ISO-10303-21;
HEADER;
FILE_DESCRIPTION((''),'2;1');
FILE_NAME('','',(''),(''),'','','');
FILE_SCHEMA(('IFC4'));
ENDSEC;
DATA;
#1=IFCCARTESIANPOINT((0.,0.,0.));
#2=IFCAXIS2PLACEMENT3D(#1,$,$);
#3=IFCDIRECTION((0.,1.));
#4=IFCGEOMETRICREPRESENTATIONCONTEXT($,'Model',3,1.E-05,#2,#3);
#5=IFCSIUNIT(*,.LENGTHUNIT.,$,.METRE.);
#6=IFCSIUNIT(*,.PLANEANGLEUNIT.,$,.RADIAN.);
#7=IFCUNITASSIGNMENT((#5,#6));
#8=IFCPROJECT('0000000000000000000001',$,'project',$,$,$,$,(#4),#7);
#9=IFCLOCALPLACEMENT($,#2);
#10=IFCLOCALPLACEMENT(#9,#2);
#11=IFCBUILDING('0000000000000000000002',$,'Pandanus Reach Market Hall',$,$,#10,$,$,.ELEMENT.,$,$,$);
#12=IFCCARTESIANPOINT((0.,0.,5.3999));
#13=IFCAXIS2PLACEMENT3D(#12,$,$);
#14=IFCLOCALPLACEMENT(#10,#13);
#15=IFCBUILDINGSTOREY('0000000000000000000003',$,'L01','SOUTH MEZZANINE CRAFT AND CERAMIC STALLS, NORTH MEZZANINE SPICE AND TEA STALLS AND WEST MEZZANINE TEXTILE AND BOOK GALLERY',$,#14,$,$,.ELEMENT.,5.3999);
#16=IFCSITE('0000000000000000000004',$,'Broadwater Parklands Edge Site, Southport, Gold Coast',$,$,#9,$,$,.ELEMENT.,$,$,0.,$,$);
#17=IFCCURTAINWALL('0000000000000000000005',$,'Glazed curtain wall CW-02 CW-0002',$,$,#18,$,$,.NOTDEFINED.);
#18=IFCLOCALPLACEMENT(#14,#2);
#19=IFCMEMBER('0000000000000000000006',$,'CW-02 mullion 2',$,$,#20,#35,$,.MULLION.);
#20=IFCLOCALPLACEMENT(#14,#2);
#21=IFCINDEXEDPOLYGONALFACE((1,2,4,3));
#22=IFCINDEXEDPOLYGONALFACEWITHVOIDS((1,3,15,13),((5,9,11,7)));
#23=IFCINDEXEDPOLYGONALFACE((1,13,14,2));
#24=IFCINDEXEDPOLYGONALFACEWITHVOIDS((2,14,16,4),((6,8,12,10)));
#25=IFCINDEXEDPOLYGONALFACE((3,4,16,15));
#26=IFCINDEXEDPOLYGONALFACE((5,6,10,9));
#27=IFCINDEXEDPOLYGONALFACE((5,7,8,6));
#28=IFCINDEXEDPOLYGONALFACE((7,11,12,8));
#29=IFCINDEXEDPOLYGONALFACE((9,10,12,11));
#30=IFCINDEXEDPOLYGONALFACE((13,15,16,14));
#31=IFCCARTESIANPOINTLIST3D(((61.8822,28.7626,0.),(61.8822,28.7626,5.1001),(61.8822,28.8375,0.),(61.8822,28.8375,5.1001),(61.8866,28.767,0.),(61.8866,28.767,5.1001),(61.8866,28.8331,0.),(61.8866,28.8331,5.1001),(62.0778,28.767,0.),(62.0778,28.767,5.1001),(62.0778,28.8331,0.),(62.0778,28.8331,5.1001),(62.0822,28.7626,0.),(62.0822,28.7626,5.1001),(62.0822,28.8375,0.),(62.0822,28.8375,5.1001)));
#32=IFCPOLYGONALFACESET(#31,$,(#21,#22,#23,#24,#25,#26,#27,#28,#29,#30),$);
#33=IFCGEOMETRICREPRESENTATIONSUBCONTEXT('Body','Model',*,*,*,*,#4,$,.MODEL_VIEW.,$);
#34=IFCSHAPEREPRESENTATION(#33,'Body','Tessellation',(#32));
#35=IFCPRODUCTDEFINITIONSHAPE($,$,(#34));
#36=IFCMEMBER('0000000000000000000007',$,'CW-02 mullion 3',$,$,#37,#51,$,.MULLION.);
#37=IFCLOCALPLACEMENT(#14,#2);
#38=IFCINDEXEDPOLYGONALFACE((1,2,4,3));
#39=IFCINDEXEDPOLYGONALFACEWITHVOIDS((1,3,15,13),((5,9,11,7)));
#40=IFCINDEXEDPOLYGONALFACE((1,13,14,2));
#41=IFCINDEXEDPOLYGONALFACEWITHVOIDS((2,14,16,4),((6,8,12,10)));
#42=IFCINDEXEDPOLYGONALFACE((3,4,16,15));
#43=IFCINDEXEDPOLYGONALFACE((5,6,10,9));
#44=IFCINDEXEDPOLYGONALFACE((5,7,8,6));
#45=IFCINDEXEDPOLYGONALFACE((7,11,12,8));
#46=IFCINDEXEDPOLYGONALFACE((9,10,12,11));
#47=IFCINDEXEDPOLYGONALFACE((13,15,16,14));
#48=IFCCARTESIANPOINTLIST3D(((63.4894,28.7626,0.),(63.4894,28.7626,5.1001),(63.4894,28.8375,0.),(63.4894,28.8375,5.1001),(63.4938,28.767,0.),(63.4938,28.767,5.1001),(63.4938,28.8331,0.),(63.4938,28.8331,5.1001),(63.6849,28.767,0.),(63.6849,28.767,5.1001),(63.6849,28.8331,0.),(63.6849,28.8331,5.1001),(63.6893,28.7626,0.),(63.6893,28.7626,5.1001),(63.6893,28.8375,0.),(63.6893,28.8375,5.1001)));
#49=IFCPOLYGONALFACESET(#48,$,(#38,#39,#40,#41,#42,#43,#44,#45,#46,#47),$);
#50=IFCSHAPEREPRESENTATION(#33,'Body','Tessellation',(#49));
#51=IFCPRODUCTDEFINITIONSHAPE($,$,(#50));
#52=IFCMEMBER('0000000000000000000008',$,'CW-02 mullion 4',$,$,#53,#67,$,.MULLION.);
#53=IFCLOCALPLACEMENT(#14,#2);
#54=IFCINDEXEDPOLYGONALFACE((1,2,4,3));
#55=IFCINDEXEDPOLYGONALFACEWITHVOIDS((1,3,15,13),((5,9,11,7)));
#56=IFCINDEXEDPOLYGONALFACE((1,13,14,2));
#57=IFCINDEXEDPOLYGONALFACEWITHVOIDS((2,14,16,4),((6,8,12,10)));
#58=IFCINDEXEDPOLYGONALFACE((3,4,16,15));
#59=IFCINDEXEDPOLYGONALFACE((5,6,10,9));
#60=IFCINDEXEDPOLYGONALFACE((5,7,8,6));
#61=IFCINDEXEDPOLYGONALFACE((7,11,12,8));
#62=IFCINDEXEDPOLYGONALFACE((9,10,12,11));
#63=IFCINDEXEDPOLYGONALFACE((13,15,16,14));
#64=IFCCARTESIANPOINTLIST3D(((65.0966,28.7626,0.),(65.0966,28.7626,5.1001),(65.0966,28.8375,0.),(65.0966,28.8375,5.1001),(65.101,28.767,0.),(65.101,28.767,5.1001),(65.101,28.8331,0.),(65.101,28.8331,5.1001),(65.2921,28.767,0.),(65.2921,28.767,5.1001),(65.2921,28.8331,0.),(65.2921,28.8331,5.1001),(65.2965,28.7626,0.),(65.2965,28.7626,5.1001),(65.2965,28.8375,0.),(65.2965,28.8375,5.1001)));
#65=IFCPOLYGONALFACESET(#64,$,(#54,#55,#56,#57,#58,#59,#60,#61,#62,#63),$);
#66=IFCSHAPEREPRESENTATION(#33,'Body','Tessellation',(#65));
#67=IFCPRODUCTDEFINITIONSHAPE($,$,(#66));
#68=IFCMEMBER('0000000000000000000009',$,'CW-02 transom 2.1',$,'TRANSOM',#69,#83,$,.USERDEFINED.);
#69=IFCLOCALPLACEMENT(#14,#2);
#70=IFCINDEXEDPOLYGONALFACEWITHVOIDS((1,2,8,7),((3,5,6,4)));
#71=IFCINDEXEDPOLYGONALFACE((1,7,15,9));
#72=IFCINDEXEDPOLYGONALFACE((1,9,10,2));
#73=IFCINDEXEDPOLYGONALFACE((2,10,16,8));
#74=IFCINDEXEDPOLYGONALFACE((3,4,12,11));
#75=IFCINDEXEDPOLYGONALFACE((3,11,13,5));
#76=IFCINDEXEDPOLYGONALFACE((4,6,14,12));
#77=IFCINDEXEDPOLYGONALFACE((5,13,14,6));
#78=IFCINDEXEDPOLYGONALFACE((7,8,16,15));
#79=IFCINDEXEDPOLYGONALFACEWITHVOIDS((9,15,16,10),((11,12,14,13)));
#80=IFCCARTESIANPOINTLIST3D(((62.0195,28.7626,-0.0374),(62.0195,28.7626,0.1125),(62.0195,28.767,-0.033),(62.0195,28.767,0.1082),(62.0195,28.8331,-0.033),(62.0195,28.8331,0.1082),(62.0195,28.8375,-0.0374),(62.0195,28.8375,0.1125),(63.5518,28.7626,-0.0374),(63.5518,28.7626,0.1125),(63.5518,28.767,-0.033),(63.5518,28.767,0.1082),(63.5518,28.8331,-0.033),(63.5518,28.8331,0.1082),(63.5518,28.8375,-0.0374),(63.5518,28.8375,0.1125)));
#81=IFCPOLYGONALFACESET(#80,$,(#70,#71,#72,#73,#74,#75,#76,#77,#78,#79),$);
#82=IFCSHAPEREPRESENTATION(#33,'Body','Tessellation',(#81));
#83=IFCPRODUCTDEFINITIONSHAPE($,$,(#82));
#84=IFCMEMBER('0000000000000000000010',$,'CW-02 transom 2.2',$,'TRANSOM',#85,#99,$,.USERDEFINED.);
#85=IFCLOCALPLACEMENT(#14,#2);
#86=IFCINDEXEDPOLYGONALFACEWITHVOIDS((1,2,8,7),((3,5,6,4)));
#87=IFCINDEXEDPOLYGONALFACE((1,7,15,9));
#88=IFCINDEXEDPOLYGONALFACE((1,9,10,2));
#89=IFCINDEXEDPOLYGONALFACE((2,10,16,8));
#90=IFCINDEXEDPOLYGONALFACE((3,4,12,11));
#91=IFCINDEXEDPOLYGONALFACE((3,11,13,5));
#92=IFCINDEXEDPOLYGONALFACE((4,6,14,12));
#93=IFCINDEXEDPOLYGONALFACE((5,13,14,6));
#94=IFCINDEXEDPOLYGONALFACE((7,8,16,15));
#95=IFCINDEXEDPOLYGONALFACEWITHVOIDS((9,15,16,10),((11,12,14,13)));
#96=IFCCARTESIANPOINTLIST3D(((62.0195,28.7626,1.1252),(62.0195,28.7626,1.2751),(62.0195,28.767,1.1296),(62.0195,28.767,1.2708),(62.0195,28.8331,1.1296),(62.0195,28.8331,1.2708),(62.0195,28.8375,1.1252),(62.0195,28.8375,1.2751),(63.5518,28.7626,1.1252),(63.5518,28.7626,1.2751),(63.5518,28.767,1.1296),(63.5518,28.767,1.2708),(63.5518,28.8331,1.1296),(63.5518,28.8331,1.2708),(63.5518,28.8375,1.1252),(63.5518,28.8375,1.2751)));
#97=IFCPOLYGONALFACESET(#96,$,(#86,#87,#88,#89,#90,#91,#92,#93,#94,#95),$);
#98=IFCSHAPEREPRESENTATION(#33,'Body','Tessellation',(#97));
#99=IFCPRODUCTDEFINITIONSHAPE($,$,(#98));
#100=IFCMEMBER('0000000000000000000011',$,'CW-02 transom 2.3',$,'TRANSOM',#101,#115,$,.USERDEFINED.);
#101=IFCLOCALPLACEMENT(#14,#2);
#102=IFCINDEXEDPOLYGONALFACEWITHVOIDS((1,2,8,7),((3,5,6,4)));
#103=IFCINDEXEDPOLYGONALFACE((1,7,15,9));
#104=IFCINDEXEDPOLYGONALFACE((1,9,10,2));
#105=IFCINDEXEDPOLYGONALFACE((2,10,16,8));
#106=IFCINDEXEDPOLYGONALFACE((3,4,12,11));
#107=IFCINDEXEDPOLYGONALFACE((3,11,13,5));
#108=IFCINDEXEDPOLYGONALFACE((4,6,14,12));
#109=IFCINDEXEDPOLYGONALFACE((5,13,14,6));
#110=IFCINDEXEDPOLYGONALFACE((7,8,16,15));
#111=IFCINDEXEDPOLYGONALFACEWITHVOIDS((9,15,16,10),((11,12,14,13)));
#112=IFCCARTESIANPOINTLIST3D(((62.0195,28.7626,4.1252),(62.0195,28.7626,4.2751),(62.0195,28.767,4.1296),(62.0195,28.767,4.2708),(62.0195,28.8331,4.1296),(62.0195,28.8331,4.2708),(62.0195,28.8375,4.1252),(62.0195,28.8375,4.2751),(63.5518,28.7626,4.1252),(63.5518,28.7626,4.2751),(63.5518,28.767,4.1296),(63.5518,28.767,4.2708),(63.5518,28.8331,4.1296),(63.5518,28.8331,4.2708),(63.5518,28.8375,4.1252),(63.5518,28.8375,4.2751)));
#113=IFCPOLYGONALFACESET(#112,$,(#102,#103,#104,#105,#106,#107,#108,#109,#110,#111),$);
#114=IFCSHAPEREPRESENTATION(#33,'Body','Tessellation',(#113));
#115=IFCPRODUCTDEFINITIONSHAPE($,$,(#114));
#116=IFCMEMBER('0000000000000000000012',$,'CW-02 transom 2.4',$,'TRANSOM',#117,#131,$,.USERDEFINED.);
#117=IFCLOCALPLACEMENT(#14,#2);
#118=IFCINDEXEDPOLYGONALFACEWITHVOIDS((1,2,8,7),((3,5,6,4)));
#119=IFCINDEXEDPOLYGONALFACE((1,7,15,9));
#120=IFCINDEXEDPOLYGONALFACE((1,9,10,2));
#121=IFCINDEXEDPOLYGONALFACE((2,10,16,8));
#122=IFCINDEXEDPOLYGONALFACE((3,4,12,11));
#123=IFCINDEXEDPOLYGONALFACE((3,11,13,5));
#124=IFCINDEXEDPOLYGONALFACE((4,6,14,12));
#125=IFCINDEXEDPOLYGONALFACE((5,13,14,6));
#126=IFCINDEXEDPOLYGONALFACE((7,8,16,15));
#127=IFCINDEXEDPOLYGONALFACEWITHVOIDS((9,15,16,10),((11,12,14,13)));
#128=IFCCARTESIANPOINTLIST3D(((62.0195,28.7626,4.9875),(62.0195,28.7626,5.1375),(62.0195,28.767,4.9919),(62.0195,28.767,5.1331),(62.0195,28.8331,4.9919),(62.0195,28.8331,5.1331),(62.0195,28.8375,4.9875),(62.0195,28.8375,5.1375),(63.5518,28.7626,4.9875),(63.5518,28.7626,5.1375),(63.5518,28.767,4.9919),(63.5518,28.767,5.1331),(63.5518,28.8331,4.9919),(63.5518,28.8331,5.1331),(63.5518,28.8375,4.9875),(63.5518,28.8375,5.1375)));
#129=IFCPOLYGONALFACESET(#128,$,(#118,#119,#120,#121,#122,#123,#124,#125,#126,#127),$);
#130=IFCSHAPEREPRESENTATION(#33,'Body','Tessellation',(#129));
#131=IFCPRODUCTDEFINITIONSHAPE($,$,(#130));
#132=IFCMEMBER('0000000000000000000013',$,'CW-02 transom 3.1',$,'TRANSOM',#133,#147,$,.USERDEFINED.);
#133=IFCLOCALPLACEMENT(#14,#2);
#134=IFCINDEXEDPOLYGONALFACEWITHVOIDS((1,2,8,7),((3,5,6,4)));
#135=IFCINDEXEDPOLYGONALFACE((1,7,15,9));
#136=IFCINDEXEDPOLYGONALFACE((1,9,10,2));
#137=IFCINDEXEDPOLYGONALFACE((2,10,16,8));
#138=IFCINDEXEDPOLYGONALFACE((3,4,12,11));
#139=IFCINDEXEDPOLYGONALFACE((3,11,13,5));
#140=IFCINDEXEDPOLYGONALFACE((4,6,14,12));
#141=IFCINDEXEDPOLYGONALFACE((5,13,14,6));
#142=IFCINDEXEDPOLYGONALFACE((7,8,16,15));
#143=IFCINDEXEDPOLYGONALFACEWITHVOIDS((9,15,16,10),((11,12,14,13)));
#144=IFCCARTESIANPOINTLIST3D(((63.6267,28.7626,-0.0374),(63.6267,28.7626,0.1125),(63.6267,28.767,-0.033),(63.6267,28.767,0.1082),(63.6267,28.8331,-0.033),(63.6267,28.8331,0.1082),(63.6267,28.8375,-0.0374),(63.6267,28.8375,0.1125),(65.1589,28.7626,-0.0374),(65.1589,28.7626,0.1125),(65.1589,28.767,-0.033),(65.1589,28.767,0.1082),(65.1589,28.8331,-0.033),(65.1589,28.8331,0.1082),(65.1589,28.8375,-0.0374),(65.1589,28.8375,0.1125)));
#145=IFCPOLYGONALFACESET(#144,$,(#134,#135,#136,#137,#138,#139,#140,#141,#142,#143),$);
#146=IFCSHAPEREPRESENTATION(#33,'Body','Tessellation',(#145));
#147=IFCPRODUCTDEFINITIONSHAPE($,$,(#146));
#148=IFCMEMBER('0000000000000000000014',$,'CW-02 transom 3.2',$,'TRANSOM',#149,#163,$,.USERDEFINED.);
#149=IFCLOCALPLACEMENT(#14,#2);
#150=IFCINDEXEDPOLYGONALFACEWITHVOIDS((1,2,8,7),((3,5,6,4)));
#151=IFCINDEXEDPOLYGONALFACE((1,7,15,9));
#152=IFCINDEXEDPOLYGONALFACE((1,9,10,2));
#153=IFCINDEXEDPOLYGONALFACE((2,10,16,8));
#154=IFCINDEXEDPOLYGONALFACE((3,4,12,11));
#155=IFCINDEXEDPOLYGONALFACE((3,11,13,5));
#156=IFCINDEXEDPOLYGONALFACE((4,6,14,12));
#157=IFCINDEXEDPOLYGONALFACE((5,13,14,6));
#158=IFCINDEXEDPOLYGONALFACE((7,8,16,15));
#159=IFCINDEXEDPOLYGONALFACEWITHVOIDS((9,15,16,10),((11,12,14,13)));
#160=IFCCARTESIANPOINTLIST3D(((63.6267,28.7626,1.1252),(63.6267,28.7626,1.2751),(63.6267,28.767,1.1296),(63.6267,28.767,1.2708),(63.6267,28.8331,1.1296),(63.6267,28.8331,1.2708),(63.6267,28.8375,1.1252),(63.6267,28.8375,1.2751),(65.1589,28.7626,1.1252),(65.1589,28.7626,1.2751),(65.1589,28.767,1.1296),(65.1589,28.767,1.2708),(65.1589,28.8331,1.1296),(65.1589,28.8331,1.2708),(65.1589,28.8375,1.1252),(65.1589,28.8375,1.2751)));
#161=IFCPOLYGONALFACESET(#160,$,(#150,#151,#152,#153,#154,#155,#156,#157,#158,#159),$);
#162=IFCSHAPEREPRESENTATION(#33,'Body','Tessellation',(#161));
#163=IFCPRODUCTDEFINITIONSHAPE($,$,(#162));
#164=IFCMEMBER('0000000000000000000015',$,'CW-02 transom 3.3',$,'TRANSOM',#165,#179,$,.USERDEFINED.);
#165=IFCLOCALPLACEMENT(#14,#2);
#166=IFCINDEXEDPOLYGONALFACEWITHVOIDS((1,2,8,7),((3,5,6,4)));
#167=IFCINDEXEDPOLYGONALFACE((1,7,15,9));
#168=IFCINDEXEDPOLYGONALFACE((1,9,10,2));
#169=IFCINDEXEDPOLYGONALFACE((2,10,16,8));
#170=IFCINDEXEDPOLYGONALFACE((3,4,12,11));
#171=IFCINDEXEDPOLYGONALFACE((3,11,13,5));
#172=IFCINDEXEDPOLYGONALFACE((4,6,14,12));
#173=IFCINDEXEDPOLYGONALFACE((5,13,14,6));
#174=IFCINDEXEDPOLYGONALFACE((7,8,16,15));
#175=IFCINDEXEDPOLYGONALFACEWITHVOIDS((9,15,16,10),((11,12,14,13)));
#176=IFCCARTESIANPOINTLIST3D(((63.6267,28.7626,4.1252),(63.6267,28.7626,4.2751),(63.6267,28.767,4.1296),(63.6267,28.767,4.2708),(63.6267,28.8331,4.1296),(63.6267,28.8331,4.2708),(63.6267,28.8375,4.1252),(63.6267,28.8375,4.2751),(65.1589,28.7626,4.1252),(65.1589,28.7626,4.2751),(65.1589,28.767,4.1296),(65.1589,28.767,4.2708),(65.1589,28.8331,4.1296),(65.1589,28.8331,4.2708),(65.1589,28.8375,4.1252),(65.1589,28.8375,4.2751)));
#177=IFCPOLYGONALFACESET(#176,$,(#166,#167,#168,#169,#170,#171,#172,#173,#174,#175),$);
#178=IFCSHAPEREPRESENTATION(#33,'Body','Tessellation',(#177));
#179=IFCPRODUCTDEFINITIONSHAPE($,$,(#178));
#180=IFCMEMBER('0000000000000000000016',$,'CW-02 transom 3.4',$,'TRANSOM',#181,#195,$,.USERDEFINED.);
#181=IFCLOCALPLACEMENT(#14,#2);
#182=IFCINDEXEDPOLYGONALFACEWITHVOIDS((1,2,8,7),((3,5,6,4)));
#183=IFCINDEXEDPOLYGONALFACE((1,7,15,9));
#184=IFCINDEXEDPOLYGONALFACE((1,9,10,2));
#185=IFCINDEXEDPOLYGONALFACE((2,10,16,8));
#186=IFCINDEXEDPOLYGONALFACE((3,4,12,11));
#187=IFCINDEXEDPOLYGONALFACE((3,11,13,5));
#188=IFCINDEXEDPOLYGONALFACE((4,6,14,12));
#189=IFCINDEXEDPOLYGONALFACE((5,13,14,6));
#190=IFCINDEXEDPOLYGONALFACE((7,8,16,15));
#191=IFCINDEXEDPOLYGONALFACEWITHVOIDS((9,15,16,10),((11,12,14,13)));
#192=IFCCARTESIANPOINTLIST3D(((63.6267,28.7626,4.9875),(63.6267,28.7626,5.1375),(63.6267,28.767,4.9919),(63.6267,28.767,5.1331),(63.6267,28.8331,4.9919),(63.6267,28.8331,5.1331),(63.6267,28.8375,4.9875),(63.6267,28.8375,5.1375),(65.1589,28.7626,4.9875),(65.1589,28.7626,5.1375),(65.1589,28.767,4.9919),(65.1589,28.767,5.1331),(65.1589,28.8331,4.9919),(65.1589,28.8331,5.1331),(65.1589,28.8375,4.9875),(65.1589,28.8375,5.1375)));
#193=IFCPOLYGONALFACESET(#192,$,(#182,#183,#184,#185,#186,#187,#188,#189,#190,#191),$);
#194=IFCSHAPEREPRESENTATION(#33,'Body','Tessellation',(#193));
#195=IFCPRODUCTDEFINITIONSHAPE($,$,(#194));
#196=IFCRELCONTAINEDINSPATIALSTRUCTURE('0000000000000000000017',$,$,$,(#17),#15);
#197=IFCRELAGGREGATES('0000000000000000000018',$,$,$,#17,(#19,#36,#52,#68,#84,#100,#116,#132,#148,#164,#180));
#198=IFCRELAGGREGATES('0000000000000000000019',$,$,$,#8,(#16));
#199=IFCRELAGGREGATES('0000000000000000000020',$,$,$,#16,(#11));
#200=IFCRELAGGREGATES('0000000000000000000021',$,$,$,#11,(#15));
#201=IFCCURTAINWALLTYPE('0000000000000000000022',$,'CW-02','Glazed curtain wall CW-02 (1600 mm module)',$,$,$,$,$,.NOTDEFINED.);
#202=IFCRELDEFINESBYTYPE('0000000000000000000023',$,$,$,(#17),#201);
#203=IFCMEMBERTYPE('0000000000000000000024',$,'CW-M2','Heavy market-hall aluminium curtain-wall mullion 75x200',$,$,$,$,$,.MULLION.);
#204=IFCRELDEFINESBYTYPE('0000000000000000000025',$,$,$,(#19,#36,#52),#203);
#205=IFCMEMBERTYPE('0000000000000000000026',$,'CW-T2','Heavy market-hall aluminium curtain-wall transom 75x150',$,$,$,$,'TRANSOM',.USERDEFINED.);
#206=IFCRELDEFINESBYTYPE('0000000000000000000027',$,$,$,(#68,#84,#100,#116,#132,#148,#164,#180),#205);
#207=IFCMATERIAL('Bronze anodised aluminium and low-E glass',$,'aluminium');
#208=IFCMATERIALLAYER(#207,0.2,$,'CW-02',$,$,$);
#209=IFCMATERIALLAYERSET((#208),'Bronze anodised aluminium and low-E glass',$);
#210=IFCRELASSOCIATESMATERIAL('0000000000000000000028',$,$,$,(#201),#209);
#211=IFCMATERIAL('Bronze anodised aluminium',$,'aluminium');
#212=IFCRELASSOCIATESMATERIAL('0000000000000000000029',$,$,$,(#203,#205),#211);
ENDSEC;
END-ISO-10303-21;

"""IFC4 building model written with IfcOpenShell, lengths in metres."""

from ifc_helpers import new_model, si_unit, direction, frame, origin, origin_2d, place, context, subcontext, project, spatial, hollow_rectangle, extrude, material, layer, layer_set, material_profile, profile_set, type_object, element, aggregate, save


model = new_model("IFC4")

# Units and contexts
model_context = context("Model", 3, precision=1e-05, world=origin(), true_north=direction((0.0, 1.0)))
body_context = subcontext(model_context, "Body", "Model", "MODEL_VIEW")
ifc_project = project(units=[si_unit("LENGTHUNIT", "METRE"), si_unit("PLANEANGLEUNIT", "RADIAN")], contexts=[model_context])

# Site, building, storey
site_placement = place(None, origin())
site = spatial("IfcSite", under=ifc_project, at=site_placement, Name="Broadwater Parklands Edge Site, Southport, Gold Coast", CompositionType="ELEMENT", RefElevation=0.0)
building_placement = place(site_placement, origin())
building = spatial("IfcBuilding", under=site, at=building_placement, Name="Pandanus Reach Market Hall", CompositionType="ELEMENT")
storey_placement = place(building_placement, frame((0.0, 0.0, 5.3999)))
storey = spatial("IfcBuildingStorey", under=building, at=storey_placement, Name="L01", Description="SOUTH MEZZANINE CRAFT AND CERAMIC STALLS, NORTH MEZZANINE SPICE AND TEA STALLS AND WEST MEZZANINE TEXTILE AND BOOK GALLERY", CompositionType="ELEMENT", Elevation=5.3999)

# Curtain wall, members
ifc_material_1 = material(Name="Bronze anodised aluminium and low-E glass", Category="aluminium")
ifc_layer_1 = layer(ifc_material_1, 0.2, Name="CW-02")
ifc_layer_set_1 = layer_set([ifc_layer_1], Name="Bronze anodised aluminium and low-E glass")
curtain_wall_type = type_object("IfcCurtainWallType", Name="CW-02", Description="Glazed curtain wall CW-02 (1600 mm module)", PredefinedType="NOTDEFINED", material=ifc_layer_set_1)
curtain_wall_placement = place(storey_placement, origin())
curtain_wall = element("IfcCurtainWall", 1, at=curtain_wall_placement, inside=storey, type_object=curtain_wall_type, Name="Glazed curtain wall CW-02 CW-0002", PredefinedType="NOTDEFINED")
ifc_material_2 = material(Name="Bronze anodised aluminium", Category="aluminium")
ifc_material_profile_1 = material_profile(ifc_material_2, hollow_rectangle(XDim=0.075, YDim=0.2, WallThickness=0.0044, at=origin_2d()), Name="ALU75x200", Category="LoadBearing")
ifc_profile_set_1 = profile_set([ifc_material_profile_1], Name="Bronze anodised aluminium")
member_type_1 = type_object("IfcMemberType", Name="CW-M2", Description="Heavy market-hall aluminium curtain-wall mullion 75x200", PredefinedType="MULLION", material=ifc_profile_set_1)
member_1_placement = place(storey_placement, frame((61.9822, 28.8, 0.0), z_axis=(0.0, 0.0, 1.0), x_axis=(0.0, 1.0, 0.0)))
member_1 = element("IfcMember", 2, at=member_1_placement, type_object=member_type_1, Name="CW-02 mullion 2", PredefinedType="MULLION", context=body_context, shape_type="SweptSolid", body=[
    extrude(hollow_rectangle(XDim=0.075, YDim=0.2, WallThickness=0.0044, at=origin_2d()), origin(), (0.0, 0.0, 1.0), 5.1001),
])
member_2_placement = place(storey_placement, frame((63.5894, 28.8, 0.0), z_axis=(0.0, 0.0, 1.0), x_axis=(0.0, 1.0, 0.0)))
member_2 = element("IfcMember", 3, at=member_2_placement, type_object=member_type_1, Name="CW-02 mullion 3", PredefinedType="MULLION", context=body_context, shape_type="SweptSolid", body=[
    extrude(hollow_rectangle(XDim=0.075, YDim=0.2, WallThickness=0.0044, at=origin_2d()), origin(), (0.0, 0.0, 1.0), 5.1001),
])
member_3_placement = place(storey_placement, frame((65.1965, 28.8, 0.0), z_axis=(0.0, 0.0, 1.0), x_axis=(0.0, 1.0, 0.0)))
member_3 = element("IfcMember", 4, at=member_3_placement, type_object=member_type_1, Name="CW-02 mullion 4", PredefinedType="MULLION", context=body_context, shape_type="SweptSolid", body=[
    extrude(hollow_rectangle(XDim=0.075, YDim=0.2, WallThickness=0.0044, at=origin_2d()), origin(), (0.0, 0.0, 1.0), 5.1001),
])
ifc_material_profile_2 = material_profile(ifc_material_2, hollow_rectangle(XDim=0.075, YDim=0.1499, WallThickness=0.0044, at=origin_2d()), Name="ALU75x150", Category="LoadBearing")
ifc_profile_set_2 = profile_set([ifc_material_profile_2], Name="Bronze anodised aluminium")
member_type_2 = type_object("IfcMemberType", Name="CW-T2", Description="Heavy market-hall aluminium curtain-wall transom 75x150", ElementType="TRANSOM", PredefinedType="USERDEFINED", material=ifc_profile_set_2)
member_4_placement = place(storey_placement, frame((62.0195, 28.8, 0.0376), z_axis=(1.0, 0.0, 0.0), x_axis=(0.0, 1.0, 0.0)))
member_4 = element("IfcMember", 5, at=member_4_placement, type_object=member_type_2, Name="CW-02 transom 2.1", ObjectType="TRANSOM", PredefinedType="USERDEFINED", context=body_context, shape_type="SweptSolid", body=[
    extrude(hollow_rectangle(XDim=0.075, YDim=0.1499, WallThickness=0.0044, at=origin_2d()), origin(), (0.0, 0.0, 1.0), 1.5322),
])
member_5_placement = place(storey_placement, frame((62.0195, 28.8, 1.2002), z_axis=(1.0, 0.0, 0.0), x_axis=(0.0, 1.0, 0.0)))
member_5 = element("IfcMember", 6, at=member_5_placement, type_object=member_type_2, Name="CW-02 transom 2.2", ObjectType="TRANSOM", PredefinedType="USERDEFINED", context=body_context, shape_type="SweptSolid", body=[
    extrude(hollow_rectangle(XDim=0.075, YDim=0.1499, WallThickness=0.0044, at=origin_2d()), origin(), (0.0, 0.0, 1.0), 1.5322),
])
member_6_placement = place(storey_placement, frame((62.0195, 28.8, 4.2002), z_axis=(1.0, 0.0, 0.0), x_axis=(0.0, 1.0, 0.0)))
member_6 = element("IfcMember", 7, at=member_6_placement, type_object=member_type_2, Name="CW-02 transom 2.3", ObjectType="TRANSOM", PredefinedType="USERDEFINED", context=body_context, shape_type="SweptSolid", body=[
    extrude(hollow_rectangle(XDim=0.075, YDim=0.1499, WallThickness=0.0044, at=origin_2d()), origin(), (0.0, 0.0, 1.0), 1.5322),
])
member_7_placement = place(storey_placement, frame((62.0195, 28.8, 5.0625), z_axis=(1.0, 0.0, 0.0), x_axis=(0.0, 1.0, 0.0)))
member_7 = element("IfcMember", 8, at=member_7_placement, type_object=member_type_2, Name="CW-02 transom 2.4", ObjectType="TRANSOM", PredefinedType="USERDEFINED", context=body_context, shape_type="SweptSolid", body=[
    extrude(hollow_rectangle(XDim=0.075, YDim=0.1499, WallThickness=0.0044, at=origin_2d()), origin(), (0.0, 0.0, 1.0), 1.5322),
])
member_8_placement = place(storey_placement, frame((63.6267, 28.8, 0.0376), z_axis=(1.0, 0.0, 0.0), x_axis=(0.0, 1.0, 0.0)))
member_8 = element("IfcMember", 9, at=member_8_placement, type_object=member_type_2, Name="CW-02 transom 3.1", ObjectType="TRANSOM", PredefinedType="USERDEFINED", context=body_context, shape_type="SweptSolid", body=[
    extrude(hollow_rectangle(XDim=0.075, YDim=0.1499, WallThickness=0.0044, at=origin_2d()), origin(), (0.0, 0.0, 1.0), 1.5322),
])
member_9_placement = place(storey_placement, frame((63.6267, 28.8, 1.2002), z_axis=(1.0, 0.0, 0.0), x_axis=(0.0, 1.0, 0.0)))
member_9 = element("IfcMember", 10, at=member_9_placement, type_object=member_type_2, Name="CW-02 transom 3.2", ObjectType="TRANSOM", PredefinedType="USERDEFINED", context=body_context, shape_type="SweptSolid", body=[
    extrude(hollow_rectangle(XDim=0.075, YDim=0.1499, WallThickness=0.0044, at=origin_2d()), origin(), (0.0, 0.0, 1.0), 1.5322),
])
member_10_placement = place(storey_placement, frame((63.6267, 28.8, 4.2002), z_axis=(1.0, 0.0, 0.0), x_axis=(0.0, 1.0, 0.0)))
member_10 = element("IfcMember", 11, at=member_10_placement, type_object=member_type_2, Name="CW-02 transom 3.3", ObjectType="TRANSOM", PredefinedType="USERDEFINED", context=body_context, shape_type="SweptSolid", body=[
    extrude(hollow_rectangle(XDim=0.075, YDim=0.1499, WallThickness=0.0044, at=origin_2d()), origin(), (0.0, 0.0, 1.0), 1.5322),
])
member_11_placement = place(storey_placement, frame((63.6267, 28.8, 5.0625), z_axis=(1.0, 0.0, 0.0), x_axis=(0.0, 1.0, 0.0)))
member_11 = element("IfcMember", 12, at=member_11_placement, type_object=member_type_2, Name="CW-02 transom 3.4", ObjectType="TRANSOM", PredefinedType="USERDEFINED", context=body_context, shape_type="SweptSolid", body=[
    extrude(hollow_rectangle(XDim=0.075, YDim=0.1499, WallThickness=0.0044, at=origin_2d()), origin(), (0.0, 0.0, 1.0), 1.5322),
])
aggregate(curtain_wall, [member_1, member_2, member_3, member_4, member_5, member_6, member_7, member_8, member_9, member_10, member_11])

save(model, "model.ifc")
